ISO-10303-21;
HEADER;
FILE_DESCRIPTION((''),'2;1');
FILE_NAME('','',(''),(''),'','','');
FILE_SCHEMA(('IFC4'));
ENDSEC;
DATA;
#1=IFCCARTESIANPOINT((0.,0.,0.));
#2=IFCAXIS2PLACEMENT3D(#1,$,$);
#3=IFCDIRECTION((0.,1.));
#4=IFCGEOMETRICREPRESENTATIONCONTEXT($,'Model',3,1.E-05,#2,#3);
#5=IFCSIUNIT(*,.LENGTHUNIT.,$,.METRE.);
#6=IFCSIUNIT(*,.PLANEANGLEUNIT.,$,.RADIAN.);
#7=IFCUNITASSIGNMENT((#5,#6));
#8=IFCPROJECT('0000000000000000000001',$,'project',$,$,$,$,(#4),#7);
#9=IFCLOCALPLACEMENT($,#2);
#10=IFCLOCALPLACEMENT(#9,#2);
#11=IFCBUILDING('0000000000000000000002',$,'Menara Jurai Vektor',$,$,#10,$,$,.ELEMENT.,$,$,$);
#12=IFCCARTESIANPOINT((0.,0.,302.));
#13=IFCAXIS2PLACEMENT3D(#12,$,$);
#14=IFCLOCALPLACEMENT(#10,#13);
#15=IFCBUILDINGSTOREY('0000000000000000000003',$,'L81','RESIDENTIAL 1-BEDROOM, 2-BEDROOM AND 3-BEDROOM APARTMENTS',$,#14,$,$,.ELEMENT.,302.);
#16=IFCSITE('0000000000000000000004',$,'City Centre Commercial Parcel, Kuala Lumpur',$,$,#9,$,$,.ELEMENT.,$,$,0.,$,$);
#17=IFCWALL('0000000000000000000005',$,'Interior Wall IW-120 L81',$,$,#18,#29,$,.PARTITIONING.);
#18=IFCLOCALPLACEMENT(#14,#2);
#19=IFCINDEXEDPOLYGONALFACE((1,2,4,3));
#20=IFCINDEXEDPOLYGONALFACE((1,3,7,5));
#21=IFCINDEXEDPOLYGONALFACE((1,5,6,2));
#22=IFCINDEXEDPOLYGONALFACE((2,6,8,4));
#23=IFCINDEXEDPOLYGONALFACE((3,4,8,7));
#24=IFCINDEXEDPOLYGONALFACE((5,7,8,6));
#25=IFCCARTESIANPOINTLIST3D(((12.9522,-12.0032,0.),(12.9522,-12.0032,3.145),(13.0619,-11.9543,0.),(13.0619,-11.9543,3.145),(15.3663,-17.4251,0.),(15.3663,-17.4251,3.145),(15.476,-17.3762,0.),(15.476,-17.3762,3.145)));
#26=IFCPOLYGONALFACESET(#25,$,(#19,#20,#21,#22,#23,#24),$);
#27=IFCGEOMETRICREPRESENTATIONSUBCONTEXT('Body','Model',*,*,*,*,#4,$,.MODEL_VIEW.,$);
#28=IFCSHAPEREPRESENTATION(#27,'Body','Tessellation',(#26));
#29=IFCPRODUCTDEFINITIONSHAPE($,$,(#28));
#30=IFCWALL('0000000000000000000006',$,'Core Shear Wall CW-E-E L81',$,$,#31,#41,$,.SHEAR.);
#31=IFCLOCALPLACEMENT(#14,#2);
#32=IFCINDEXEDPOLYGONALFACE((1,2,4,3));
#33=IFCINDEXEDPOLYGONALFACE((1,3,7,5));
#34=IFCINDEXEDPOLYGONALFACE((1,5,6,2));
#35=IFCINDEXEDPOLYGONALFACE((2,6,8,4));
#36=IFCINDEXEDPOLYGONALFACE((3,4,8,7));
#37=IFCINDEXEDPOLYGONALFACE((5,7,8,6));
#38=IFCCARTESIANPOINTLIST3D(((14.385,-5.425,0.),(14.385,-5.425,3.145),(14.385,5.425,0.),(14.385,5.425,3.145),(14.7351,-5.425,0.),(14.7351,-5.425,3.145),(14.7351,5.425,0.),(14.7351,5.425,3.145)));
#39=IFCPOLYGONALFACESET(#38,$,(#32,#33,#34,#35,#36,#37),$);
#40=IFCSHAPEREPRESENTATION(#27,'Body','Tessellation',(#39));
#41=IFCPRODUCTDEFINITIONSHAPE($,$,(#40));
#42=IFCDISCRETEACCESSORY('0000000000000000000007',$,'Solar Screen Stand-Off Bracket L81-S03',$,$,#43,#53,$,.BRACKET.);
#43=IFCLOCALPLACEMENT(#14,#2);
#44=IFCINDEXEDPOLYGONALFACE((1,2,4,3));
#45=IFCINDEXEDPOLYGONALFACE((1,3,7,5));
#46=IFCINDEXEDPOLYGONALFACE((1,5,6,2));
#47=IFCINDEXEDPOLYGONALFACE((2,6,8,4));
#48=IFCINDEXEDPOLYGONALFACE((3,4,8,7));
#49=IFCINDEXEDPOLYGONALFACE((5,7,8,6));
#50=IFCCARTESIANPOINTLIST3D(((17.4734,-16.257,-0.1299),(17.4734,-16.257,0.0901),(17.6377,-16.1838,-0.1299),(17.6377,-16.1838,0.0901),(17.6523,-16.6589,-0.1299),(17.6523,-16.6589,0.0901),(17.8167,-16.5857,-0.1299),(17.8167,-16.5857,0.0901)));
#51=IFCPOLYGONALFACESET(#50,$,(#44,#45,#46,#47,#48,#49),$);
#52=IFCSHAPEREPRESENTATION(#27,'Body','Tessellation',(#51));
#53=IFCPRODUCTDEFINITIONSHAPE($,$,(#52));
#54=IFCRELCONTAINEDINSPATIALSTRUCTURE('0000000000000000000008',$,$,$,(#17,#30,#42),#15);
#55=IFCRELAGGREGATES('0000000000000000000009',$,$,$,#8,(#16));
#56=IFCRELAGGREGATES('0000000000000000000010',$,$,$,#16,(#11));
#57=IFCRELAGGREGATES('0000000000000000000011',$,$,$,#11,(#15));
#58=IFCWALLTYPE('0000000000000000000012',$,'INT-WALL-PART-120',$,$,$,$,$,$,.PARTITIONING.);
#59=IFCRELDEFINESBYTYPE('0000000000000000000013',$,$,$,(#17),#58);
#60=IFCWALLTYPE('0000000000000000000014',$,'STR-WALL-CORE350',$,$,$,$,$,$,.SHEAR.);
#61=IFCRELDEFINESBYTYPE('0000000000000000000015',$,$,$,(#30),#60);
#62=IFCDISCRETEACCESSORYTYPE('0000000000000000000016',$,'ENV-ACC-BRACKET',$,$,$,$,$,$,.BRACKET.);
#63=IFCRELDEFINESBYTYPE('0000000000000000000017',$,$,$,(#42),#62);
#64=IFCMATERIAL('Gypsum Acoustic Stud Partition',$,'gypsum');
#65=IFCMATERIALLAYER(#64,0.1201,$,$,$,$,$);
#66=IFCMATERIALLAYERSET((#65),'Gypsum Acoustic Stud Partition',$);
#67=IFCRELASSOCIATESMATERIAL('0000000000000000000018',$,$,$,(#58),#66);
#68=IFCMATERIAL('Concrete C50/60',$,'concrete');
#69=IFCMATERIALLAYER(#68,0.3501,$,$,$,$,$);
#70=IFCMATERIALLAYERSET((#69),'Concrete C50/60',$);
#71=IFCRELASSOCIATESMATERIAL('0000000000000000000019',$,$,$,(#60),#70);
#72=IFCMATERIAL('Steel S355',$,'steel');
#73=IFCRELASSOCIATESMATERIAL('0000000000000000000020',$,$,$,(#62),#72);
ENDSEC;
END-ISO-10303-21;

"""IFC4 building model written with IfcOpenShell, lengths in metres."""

from ifc_helpers import new_model, si_unit, direction, frame, frame_2d, origin, origin_2d, place, context, subcontext, project, spatial, rectangle, extrude, material, layer, layer_set, type_object, element, save


model = new_model("IFC4")

# Units and contexts
model_context = context("Model", 3, precision=1e-05, world=origin(), true_north=direction((0.0, 1.0)))
body_context = subcontext(model_context, "Body", "Model", "MODEL_VIEW")
ifc_project = project(units=[si_unit("LENGTHUNIT", "METRE"), si_unit("PLANEANGLEUNIT", "RADIAN")], contexts=[model_context])

# Site, building, storey
site_placement = place(None, origin())
site = spatial("IfcSite", under=ifc_project, at=site_placement, Name="City Centre Commercial Parcel, Kuala Lumpur", CompositionType="ELEMENT", RefElevation=0.0)
building_placement = place(site_placement, origin())
building = spatial("IfcBuilding", under=site, at=building_placement, Name="Menara Jurai Vektor", CompositionType="ELEMENT")
storey_placement = place(building_placement, frame((0.0, 0.0, 302.0)))
storey = spatial("IfcBuildingStorey", under=building, at=storey_placement, Name="L81", Description="RESIDENTIAL 1-BEDROOM, 2-BEDROOM AND 3-BEDROOM APARTMENTS", CompositionType="ELEMENT", Elevation=302.0)

# Shared definitions
ifc_material_1 = material(Name="Concrete C50/60", Category="concrete")

# Shared definitions
ifc_material_2 = material(Name="Steel S355", Category="steel")

# Walls
ifc_material_3 = material(Name="Gypsum Acoustic Stud Partition", Category="gypsum")
ifc_layer_1 = layer(ifc_material_3, 0.1201)
ifc_layer_set_1 = layer_set([ifc_layer_1], Name="Gypsum Acoustic Stud Partition")
wall_type_1 = type_object("IfcWallType", Name="INT-WALL-PART-120", PredefinedType="PARTITIONING", material=ifc_layer_set_1)
wall_1_placement = place(storey_placement, frame((15.4211, -17.4006, 0.0), z_axis=(0.0, 0.0, 1.0), x_axis=(-0.406749, 0.91354, 0.0)))
element("IfcWall", 1, at=wall_1_placement, inside=storey, type_object=wall_type_1, Name="Interior Wall IW-120 L81", PredefinedType="PARTITIONING", context=body_context, shape_type="SweptSolid", body=[
    extrude(rectangle(XDim=5.9351, YDim=0.1201, at=frame_2d((2.9675, 0.0))), origin(), (0.0, 0.0, 1.0), 3.145),
])
ifc_layer_2 = layer(ifc_material_1, 0.3501)
ifc_layer_set_2 = layer_set([ifc_layer_2], Name="Concrete C50/60")
wall_type_2 = type_object("IfcWallType", Name="STR-WALL-CORE350", PredefinedType="SHEAR", material=ifc_layer_set_2)
wall_2_placement = place(storey_placement, frame((14.5601, -5.425, 0.0), z_axis=(0.0, 0.0, 1.0), x_axis=(0.0, 1.0, 0.0)))
element("IfcWall", 2, at=wall_2_placement, inside=storey, type_object=wall_type_2, Name="Core Shear Wall CW-E-E L81", PredefinedType="SHEAR", context=body_context, shape_type="SweptSolid", body=[
    extrude(rectangle(XDim=10.8501, YDim=0.3501, at=frame_2d((5.425, 0.0))), origin(), (0.0, 0.0, 1.0), 3.145),
])

# Discrete accessory
discrete_accessory_type = type_object("IfcDiscreteAccessoryType", Name="ENV-ACC-BRACKET", PredefinedType="BRACKET", material=ifc_material_2)
discrete_accessory_placement = place(storey_placement, frame((17.645, -16.4214, -0.1299), z_axis=(0.0, 0.0, 1.0), x_axis=(0.913545, 0.406737, 0.0)))
element("IfcDiscreteAccessory", 3, at=discrete_accessory_placement, inside=storey, type_object=discrete_accessory_type, Name="Solar Screen Stand-Off Bracket L81-S03", PredefinedType="BRACKET", context=body_context, shape_type="SweptSolid", body=[
    extrude(rectangle(XDim=0.1799, YDim=0.4399, at=origin_2d()), origin(), (0.0, 0.0, 1.0), 0.22),
])

save(model, "model.ifc")
